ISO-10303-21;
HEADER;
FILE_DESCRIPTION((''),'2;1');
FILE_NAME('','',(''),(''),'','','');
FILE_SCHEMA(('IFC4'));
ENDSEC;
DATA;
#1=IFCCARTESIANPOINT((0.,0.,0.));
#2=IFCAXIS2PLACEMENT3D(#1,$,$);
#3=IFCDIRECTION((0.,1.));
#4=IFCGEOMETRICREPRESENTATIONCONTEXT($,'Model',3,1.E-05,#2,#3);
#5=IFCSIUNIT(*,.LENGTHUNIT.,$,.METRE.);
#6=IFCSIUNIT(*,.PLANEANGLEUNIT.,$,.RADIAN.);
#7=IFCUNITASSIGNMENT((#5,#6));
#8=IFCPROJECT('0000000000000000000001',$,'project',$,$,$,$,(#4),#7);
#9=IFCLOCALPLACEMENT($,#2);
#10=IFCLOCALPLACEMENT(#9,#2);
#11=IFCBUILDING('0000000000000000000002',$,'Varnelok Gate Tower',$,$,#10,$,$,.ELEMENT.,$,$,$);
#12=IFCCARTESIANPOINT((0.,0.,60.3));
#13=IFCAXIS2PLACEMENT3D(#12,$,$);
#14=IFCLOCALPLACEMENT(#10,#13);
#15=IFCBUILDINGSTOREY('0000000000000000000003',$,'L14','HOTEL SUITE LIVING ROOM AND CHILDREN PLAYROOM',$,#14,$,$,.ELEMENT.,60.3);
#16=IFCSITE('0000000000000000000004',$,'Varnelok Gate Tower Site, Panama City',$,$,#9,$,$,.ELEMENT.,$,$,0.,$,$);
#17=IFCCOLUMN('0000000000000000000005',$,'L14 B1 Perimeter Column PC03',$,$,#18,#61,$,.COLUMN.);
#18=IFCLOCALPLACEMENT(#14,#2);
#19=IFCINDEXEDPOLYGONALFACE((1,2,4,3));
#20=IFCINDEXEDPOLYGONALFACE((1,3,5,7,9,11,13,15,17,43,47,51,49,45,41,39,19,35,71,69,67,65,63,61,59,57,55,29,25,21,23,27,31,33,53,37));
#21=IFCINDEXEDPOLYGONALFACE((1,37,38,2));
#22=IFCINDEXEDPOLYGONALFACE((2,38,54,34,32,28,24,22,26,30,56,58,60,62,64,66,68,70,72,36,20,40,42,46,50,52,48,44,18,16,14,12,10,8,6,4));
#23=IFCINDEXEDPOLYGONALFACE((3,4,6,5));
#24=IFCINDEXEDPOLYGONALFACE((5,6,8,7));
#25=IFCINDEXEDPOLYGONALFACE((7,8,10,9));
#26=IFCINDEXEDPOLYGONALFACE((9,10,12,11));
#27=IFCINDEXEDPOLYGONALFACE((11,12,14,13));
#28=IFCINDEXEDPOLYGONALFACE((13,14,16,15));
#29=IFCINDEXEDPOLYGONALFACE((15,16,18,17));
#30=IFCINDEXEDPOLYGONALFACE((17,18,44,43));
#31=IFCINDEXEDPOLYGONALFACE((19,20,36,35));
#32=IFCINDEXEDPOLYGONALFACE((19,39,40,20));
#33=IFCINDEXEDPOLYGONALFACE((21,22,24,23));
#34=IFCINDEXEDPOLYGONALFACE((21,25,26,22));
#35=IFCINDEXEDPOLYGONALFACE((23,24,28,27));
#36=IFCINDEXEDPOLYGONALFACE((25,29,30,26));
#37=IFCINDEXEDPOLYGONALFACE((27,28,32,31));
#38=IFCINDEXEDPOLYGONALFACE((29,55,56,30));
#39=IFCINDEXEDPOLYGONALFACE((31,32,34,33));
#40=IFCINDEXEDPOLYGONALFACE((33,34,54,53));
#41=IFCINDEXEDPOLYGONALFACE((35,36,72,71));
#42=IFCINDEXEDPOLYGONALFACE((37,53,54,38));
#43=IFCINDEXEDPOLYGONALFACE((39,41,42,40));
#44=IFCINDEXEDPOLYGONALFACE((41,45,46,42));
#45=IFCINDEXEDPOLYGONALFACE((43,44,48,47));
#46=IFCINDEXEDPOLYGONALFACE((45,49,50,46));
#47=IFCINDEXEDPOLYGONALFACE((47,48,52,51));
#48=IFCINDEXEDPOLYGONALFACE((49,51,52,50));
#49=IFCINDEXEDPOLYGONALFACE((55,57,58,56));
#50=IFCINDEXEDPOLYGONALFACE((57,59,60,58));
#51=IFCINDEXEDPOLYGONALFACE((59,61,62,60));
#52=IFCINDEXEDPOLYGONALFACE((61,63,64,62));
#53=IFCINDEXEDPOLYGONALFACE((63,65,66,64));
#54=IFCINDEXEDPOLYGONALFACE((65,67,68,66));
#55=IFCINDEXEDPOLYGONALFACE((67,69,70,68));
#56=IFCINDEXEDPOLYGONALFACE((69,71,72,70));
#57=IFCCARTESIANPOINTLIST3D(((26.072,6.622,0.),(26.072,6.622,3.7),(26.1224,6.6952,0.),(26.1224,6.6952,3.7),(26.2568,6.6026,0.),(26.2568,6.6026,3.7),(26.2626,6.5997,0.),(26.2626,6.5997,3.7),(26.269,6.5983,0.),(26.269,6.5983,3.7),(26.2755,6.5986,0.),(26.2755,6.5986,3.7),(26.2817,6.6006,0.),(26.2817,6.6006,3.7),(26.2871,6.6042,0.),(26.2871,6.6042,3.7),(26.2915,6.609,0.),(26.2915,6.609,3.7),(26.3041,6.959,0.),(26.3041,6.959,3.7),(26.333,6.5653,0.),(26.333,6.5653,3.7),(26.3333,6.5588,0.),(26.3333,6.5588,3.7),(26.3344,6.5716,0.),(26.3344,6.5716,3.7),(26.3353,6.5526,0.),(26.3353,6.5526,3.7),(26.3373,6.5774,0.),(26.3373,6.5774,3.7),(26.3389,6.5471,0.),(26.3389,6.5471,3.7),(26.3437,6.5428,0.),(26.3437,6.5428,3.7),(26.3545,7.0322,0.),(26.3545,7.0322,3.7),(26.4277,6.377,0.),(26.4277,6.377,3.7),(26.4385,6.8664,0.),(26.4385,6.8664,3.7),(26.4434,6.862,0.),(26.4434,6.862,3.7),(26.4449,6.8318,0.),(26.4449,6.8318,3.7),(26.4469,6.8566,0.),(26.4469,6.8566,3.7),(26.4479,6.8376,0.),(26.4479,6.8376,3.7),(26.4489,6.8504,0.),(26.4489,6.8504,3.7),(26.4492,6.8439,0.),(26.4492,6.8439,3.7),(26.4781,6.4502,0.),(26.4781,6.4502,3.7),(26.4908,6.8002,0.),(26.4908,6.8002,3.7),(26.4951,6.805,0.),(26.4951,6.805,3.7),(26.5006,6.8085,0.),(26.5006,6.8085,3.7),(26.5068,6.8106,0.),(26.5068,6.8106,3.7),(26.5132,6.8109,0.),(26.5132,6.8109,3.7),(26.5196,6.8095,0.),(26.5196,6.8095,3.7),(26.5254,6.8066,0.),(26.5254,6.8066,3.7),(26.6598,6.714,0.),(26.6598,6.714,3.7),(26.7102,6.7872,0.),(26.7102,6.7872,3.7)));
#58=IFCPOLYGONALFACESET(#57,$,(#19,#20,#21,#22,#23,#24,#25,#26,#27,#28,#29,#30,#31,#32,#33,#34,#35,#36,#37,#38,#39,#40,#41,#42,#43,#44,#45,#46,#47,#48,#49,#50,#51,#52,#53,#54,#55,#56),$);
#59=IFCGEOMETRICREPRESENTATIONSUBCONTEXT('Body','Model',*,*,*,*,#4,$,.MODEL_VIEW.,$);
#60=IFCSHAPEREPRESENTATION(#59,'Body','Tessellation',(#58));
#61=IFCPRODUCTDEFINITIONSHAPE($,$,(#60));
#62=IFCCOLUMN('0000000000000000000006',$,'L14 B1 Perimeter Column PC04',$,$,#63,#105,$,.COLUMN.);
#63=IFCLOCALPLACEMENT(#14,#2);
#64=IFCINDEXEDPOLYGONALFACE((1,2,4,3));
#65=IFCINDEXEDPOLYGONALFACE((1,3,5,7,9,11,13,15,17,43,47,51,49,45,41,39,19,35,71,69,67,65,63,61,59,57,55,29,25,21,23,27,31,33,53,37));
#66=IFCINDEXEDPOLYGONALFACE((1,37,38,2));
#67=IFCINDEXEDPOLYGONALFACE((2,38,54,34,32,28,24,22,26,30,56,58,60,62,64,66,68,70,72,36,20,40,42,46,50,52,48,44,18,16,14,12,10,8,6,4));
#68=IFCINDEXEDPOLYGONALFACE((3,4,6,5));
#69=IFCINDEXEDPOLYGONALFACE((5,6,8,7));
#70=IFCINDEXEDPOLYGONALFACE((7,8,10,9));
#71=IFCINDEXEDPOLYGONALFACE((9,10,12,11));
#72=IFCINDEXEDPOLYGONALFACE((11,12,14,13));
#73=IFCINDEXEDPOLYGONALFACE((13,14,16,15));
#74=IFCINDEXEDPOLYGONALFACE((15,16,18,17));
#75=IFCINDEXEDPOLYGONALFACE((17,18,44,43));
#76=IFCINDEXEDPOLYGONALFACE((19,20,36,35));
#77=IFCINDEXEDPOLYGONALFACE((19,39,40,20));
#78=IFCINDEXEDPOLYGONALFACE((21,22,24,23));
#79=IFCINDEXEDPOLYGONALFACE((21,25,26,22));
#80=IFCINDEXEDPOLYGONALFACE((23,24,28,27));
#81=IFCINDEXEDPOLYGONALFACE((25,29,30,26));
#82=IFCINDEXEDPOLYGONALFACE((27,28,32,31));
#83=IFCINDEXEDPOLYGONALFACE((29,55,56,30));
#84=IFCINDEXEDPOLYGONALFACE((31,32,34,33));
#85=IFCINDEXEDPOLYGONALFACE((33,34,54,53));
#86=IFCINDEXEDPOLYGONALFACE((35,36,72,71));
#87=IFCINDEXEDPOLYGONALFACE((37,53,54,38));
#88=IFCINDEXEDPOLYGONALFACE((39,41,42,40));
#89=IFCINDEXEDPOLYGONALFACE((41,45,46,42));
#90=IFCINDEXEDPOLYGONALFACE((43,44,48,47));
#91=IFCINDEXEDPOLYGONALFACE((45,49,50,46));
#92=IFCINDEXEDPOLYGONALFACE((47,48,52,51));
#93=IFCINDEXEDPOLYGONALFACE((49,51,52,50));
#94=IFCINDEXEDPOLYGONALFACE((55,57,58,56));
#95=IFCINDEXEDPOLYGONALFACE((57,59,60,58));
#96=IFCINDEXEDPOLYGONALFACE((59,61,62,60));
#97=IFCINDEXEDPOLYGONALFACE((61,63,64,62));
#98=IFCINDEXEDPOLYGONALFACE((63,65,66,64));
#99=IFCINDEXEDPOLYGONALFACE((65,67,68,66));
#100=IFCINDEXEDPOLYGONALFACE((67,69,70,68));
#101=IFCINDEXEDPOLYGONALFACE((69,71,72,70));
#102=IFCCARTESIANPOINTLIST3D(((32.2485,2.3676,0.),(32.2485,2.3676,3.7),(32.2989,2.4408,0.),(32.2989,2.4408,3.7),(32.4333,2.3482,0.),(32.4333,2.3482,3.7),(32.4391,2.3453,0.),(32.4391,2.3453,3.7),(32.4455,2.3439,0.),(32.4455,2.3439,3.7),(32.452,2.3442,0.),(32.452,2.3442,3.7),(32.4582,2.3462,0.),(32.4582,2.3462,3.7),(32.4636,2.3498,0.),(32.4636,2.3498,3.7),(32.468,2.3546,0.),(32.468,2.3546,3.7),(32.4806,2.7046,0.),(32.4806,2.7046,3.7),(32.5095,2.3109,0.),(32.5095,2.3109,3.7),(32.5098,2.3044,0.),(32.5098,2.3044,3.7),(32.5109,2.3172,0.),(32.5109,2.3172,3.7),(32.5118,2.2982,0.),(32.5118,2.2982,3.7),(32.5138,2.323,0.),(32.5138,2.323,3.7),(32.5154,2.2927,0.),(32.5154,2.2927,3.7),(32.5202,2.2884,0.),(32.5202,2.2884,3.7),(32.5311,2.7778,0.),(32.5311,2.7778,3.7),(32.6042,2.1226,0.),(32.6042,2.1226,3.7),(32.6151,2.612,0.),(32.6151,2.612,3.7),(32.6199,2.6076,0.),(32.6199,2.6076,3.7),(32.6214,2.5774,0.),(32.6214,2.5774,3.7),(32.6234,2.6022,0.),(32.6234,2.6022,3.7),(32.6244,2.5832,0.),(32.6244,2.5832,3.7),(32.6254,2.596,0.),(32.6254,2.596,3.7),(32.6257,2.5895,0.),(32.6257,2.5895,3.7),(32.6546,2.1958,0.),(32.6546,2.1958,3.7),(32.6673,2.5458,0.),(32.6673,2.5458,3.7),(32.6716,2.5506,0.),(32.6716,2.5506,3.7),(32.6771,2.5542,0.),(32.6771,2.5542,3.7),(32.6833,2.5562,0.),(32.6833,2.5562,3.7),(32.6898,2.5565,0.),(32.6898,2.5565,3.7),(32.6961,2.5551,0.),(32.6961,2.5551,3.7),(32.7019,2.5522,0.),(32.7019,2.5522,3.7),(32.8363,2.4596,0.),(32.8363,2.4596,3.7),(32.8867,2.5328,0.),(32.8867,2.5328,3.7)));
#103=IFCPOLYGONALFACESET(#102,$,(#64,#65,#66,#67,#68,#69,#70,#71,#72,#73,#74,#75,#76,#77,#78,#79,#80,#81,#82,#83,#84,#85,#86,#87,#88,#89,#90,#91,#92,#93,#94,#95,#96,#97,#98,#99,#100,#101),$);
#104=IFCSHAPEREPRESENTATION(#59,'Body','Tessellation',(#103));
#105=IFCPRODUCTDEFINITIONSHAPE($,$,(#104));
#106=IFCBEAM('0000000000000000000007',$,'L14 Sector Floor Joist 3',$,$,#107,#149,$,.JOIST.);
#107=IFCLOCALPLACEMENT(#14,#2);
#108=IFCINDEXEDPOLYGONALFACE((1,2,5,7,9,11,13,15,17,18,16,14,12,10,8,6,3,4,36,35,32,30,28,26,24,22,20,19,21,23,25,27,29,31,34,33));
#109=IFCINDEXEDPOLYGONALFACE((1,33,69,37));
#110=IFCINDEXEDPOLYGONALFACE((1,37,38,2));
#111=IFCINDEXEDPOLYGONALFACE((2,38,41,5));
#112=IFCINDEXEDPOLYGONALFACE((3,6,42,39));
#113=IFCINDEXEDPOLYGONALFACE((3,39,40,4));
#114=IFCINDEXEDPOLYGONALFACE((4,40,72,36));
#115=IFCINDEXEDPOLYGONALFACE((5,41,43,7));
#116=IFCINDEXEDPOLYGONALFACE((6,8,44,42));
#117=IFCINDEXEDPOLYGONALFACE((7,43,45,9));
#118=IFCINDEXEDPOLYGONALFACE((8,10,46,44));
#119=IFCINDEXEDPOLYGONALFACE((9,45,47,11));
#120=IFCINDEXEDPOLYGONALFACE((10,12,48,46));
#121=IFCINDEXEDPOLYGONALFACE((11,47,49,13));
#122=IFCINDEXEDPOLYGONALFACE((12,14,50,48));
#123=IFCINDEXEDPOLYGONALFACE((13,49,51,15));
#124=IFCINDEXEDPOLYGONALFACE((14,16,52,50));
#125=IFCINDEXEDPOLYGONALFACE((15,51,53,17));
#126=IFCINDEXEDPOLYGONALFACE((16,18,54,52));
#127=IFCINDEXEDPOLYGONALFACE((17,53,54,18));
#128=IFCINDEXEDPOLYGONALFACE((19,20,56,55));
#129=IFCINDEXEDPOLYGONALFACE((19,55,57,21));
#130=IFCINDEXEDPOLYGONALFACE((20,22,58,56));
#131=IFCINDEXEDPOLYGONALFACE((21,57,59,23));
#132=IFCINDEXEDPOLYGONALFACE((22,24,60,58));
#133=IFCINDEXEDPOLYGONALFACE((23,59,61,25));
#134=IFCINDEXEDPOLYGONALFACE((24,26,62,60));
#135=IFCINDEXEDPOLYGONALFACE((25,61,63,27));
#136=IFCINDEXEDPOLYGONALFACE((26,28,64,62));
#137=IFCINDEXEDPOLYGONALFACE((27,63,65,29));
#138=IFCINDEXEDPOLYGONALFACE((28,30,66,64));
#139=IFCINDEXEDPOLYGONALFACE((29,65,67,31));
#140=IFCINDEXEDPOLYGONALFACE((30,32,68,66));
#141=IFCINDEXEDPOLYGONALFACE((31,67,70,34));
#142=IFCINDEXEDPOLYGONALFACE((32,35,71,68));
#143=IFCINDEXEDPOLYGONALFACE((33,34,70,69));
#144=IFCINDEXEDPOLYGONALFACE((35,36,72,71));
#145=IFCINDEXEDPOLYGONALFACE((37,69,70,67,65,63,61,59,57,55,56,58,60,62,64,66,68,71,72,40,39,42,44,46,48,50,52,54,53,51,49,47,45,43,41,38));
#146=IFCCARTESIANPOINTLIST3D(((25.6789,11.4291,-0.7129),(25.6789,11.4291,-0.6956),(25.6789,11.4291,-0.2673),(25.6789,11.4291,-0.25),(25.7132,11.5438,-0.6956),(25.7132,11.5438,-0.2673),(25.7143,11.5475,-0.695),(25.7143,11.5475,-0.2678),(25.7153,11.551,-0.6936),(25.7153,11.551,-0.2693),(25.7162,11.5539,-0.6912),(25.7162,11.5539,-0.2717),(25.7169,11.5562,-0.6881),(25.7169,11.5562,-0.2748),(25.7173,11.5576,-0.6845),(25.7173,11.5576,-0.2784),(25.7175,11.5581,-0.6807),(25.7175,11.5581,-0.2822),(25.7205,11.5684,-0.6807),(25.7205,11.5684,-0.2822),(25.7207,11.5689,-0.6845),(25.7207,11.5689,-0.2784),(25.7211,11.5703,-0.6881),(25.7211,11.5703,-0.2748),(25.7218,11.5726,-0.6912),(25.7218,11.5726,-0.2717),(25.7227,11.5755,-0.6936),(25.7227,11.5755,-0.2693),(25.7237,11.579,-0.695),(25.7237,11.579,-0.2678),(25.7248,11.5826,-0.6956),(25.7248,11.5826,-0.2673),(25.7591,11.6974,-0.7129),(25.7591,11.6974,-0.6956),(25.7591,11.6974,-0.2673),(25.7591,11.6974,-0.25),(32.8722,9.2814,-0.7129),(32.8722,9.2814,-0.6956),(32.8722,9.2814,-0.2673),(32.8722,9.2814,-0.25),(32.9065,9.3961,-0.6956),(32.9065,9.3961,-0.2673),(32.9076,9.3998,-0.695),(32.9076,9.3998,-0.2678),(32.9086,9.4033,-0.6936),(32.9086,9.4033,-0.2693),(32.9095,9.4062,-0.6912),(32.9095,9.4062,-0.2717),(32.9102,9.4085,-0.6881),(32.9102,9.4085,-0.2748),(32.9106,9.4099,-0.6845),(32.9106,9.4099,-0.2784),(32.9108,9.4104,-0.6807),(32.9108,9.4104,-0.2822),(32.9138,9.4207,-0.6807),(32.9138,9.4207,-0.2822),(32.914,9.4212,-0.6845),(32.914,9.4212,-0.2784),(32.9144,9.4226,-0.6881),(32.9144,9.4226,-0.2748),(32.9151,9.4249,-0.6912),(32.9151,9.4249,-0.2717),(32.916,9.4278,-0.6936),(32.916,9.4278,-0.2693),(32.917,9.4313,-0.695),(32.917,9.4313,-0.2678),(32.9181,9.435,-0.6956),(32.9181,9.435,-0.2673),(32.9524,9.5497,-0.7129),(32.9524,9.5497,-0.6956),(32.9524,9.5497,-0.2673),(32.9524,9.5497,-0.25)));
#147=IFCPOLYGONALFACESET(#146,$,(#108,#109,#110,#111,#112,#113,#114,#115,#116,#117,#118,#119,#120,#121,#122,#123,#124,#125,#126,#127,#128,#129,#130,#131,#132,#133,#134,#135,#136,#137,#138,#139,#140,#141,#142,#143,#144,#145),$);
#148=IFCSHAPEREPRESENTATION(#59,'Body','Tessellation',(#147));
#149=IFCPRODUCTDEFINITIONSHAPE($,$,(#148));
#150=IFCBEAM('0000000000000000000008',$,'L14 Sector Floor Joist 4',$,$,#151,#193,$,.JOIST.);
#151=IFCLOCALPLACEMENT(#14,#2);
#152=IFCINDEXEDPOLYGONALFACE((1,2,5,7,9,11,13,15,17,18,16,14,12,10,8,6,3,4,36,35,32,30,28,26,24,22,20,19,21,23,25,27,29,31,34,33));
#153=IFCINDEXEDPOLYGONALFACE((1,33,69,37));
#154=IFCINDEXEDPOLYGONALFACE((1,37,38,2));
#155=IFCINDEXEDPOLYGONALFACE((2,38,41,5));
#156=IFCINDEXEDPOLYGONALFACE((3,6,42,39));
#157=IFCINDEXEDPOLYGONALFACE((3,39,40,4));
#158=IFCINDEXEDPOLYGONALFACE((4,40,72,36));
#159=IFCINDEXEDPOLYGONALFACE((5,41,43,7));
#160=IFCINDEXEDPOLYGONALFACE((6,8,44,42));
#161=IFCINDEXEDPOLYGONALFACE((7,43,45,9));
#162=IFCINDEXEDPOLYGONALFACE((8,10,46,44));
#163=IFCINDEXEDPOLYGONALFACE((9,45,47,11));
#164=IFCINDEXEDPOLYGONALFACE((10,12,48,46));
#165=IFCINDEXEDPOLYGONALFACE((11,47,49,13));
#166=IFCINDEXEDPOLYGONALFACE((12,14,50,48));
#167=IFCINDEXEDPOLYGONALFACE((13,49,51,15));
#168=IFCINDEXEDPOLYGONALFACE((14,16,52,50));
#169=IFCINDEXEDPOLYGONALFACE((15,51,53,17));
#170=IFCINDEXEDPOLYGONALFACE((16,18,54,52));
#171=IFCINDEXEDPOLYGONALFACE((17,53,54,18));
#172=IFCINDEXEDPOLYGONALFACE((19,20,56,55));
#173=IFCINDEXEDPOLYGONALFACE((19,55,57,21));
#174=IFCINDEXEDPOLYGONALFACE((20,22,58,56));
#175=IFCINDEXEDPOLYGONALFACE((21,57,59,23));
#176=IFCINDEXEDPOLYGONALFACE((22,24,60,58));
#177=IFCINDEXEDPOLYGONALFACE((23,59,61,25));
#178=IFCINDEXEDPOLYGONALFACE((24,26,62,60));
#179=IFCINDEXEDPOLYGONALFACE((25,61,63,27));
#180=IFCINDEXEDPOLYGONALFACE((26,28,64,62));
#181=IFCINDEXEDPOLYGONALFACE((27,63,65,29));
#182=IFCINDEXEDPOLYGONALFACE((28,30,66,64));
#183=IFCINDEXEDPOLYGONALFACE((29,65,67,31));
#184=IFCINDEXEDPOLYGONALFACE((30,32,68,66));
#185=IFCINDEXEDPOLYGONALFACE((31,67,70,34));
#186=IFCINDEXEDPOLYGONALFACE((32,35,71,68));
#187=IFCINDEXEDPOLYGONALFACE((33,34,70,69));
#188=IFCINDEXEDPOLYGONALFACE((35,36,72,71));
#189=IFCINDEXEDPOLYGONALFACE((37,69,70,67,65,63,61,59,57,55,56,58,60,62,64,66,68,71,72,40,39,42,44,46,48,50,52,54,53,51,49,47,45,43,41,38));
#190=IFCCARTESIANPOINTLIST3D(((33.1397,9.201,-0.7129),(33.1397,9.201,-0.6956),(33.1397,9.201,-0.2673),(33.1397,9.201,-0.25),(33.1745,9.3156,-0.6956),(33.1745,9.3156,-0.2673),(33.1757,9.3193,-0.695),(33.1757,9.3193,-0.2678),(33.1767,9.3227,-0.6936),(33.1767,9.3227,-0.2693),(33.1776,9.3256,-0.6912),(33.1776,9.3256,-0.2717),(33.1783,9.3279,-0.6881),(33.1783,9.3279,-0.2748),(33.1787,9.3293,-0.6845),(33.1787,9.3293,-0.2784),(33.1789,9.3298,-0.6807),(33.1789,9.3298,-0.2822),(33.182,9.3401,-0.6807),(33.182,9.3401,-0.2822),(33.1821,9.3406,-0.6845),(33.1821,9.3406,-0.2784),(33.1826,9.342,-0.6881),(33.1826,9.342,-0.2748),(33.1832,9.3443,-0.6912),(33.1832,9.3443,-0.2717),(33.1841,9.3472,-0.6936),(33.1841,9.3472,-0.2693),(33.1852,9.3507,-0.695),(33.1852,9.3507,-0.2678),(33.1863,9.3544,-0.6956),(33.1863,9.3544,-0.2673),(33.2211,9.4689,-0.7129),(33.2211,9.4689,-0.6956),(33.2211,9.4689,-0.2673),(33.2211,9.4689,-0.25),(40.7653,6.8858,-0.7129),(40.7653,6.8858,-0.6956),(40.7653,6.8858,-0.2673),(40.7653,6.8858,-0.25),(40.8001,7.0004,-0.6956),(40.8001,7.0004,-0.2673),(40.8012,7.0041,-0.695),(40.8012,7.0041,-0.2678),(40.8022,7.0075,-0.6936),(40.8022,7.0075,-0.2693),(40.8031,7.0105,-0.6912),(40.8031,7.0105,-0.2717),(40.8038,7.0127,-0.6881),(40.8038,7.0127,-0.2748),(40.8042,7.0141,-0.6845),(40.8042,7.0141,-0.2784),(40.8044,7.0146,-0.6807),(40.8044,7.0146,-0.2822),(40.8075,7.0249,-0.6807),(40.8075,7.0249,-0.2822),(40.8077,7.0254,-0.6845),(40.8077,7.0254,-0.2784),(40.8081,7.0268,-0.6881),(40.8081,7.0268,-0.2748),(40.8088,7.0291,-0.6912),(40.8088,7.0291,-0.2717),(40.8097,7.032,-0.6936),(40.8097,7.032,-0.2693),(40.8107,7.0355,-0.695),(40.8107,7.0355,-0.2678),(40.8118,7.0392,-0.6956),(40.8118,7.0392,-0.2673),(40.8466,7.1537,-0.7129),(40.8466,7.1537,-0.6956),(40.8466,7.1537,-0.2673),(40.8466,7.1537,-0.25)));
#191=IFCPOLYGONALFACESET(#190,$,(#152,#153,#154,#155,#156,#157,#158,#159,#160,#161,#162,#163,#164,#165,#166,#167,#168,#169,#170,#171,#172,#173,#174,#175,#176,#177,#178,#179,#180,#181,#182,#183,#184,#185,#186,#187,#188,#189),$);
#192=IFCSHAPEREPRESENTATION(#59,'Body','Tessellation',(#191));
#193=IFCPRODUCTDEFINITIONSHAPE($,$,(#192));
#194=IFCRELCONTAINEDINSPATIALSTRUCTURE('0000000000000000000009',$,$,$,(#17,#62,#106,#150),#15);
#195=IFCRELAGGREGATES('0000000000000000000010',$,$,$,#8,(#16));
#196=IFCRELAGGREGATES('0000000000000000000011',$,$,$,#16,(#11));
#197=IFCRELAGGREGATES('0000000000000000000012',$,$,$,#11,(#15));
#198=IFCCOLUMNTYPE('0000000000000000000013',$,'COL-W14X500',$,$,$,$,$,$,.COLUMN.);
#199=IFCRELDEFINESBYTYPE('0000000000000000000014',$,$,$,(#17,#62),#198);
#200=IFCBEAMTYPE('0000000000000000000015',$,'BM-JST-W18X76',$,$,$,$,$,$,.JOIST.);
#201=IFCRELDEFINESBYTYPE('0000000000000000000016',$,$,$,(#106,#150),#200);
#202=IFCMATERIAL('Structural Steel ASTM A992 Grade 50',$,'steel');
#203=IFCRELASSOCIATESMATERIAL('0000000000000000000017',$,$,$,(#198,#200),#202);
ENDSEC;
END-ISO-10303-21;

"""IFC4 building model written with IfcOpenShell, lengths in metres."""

from ifc_helpers import new_model, si_unit, direction, frame, origin, origin_2d, place, context, subcontext, project, spatial, i_section, extrude, material, material_profile, profile_set, type_object, element, save


model = new_model("IFC4")

# Units and contexts
model_context = context("Model", 3, precision=1e-05, world=origin(), true_north=direction((0.0, 1.0)))
body_context = subcontext(model_context, "Body", "Model", "MODEL_VIEW")
ifc_project = project(units=[si_unit("LENGTHUNIT", "METRE"), si_unit("PLANEANGLEUNIT", "RADIAN")], contexts=[model_context])

# Site, building, storey
site_placement = place(None, origin())
site = spatial("IfcSite", under=ifc_project, at=site_placement, Name="Varnelok Gate Tower Site, Panama City", CompositionType="ELEMENT", RefElevation=0.0)
building_placement = place(site_placement, origin())
building = spatial("IfcBuilding", under=site, at=building_placement, Name="Varnelok Gate Tower", CompositionType="ELEMENT")
storey_placement = place(building_placement, frame((0.0, 0.0, 60.3)))
storey = spatial("IfcBuildingStorey", under=building, at=storey_placement, Name="L14", Description="HOTEL SUITE LIVING ROOM AND CHILDREN PLAYROOM", CompositionType="ELEMENT", Elevation=60.3)

# Columns
ifc_material_1 = material(Name="Structural Steel ASTM A992 Grade 50", Category="steel")
ifc_material_profile_1 = material_profile(ifc_material_1, i_section(OverallWidth=0.4319, OverallDepth=0.498, WebThickness=0.0557, FlangeThickness=0.0889, FilletRadius=0.0249, at=origin_2d()), Name="W14X500")
ifc_profile_set_1 = profile_set([ifc_material_profile_1], Name="Structural Steel ASTM A992 Grade 50")
column_type = type_object("IfcColumnType", Name="COL-W14X500", PredefinedType="COLUMN", material=ifc_profile_set_1)
for number, where, z_axis, x_axis, name in (
    (1, (26.3911, 6.7046, 0.0), (0.0, 0.0, 1.0), (0.823533, -0.567269, 0.0), "L14 B1 Perimeter Column PC03"),
    (2, (32.5676, 2.4502, 0.0), (0.0, 0.0, 1.0), (0.823533, -0.567269, 0.0), "L14 B1 Perimeter Column PC04"),
):
    element("IfcColumn", number, at=place(storey_placement, frame(where, z_axis=z_axis, x_axis=x_axis)), inside=storey, type_object=column_type, Name=name, PredefinedType="COLUMN", context=body_context, shape_type="SweptSolid", body=[
        extrude(i_section(OverallWidth=0.4319, OverallDepth=0.498, WebThickness=0.0557, FlangeThickness=0.0889, FilletRadius=0.0249, at=origin_2d()), origin(), (0.0, 0.0, 1.0), 3.7),
    ])

# Beams
ifc_material_profile_2 = material_profile(ifc_material_1, i_section(OverallWidth=0.28, OverallDepth=0.4629, WebThickness=0.0107, FlangeThickness=0.0173, FilletRadius=0.0149, at=origin_2d()), Name="W18X76")
ifc_profile_set_2 = profile_set([ifc_material_profile_2], Name="Structural Steel ASTM A992 Grade 50")
beam_type_1 = type_object("IfcBeamType", Name="BM-JST-W18X76", PredefinedType="JOIST", material=ifc_profile_set_2)
beam_1_placement = place(storey_placement, frame((25.719, 11.5632, -0.4814), z_axis=(0.958203, -0.286089, 0.0), x_axis=(0.286089, 0.958203, 0.0)))
element("IfcBeam", 3, at=beam_1_placement, inside=storey, type_object=beam_type_1, Name="L14 Sector Floor Joist 3", PredefinedType="JOIST", context=body_context, shape_type="SweptSolid", body=[
    extrude(i_section(OverallWidth=0.28, OverallDepth=0.4629, WebThickness=0.0107, FlangeThickness=0.0173, FilletRadius=0.0149, at=origin_2d()), origin(), (0.0, 0.0, 1.0), 7.5071),
])
beam_2_placement = place(storey_placement, frame((33.1804, 9.335, -0.4814), z_axis=(0.95687, -0.290517, 0.0), x_axis=(0.290517, 0.95687, 0.0)))
element("IfcBeam", 4, at=beam_2_placement, inside=storey, type_object=beam_type_1, Name="L14 Sector Floor Joist 4", PredefinedType="JOIST", context=body_context, shape_type="SweptSolid", body=[
    extrude(i_section(OverallWidth=0.28, OverallDepth=0.4629, WebThickness=0.0107, FlangeThickness=0.0173, FilletRadius=0.0149, at=origin_2d()), origin(), (0.0, 0.0, 1.0), 7.9692),
])

save(model, "model.ifc")
